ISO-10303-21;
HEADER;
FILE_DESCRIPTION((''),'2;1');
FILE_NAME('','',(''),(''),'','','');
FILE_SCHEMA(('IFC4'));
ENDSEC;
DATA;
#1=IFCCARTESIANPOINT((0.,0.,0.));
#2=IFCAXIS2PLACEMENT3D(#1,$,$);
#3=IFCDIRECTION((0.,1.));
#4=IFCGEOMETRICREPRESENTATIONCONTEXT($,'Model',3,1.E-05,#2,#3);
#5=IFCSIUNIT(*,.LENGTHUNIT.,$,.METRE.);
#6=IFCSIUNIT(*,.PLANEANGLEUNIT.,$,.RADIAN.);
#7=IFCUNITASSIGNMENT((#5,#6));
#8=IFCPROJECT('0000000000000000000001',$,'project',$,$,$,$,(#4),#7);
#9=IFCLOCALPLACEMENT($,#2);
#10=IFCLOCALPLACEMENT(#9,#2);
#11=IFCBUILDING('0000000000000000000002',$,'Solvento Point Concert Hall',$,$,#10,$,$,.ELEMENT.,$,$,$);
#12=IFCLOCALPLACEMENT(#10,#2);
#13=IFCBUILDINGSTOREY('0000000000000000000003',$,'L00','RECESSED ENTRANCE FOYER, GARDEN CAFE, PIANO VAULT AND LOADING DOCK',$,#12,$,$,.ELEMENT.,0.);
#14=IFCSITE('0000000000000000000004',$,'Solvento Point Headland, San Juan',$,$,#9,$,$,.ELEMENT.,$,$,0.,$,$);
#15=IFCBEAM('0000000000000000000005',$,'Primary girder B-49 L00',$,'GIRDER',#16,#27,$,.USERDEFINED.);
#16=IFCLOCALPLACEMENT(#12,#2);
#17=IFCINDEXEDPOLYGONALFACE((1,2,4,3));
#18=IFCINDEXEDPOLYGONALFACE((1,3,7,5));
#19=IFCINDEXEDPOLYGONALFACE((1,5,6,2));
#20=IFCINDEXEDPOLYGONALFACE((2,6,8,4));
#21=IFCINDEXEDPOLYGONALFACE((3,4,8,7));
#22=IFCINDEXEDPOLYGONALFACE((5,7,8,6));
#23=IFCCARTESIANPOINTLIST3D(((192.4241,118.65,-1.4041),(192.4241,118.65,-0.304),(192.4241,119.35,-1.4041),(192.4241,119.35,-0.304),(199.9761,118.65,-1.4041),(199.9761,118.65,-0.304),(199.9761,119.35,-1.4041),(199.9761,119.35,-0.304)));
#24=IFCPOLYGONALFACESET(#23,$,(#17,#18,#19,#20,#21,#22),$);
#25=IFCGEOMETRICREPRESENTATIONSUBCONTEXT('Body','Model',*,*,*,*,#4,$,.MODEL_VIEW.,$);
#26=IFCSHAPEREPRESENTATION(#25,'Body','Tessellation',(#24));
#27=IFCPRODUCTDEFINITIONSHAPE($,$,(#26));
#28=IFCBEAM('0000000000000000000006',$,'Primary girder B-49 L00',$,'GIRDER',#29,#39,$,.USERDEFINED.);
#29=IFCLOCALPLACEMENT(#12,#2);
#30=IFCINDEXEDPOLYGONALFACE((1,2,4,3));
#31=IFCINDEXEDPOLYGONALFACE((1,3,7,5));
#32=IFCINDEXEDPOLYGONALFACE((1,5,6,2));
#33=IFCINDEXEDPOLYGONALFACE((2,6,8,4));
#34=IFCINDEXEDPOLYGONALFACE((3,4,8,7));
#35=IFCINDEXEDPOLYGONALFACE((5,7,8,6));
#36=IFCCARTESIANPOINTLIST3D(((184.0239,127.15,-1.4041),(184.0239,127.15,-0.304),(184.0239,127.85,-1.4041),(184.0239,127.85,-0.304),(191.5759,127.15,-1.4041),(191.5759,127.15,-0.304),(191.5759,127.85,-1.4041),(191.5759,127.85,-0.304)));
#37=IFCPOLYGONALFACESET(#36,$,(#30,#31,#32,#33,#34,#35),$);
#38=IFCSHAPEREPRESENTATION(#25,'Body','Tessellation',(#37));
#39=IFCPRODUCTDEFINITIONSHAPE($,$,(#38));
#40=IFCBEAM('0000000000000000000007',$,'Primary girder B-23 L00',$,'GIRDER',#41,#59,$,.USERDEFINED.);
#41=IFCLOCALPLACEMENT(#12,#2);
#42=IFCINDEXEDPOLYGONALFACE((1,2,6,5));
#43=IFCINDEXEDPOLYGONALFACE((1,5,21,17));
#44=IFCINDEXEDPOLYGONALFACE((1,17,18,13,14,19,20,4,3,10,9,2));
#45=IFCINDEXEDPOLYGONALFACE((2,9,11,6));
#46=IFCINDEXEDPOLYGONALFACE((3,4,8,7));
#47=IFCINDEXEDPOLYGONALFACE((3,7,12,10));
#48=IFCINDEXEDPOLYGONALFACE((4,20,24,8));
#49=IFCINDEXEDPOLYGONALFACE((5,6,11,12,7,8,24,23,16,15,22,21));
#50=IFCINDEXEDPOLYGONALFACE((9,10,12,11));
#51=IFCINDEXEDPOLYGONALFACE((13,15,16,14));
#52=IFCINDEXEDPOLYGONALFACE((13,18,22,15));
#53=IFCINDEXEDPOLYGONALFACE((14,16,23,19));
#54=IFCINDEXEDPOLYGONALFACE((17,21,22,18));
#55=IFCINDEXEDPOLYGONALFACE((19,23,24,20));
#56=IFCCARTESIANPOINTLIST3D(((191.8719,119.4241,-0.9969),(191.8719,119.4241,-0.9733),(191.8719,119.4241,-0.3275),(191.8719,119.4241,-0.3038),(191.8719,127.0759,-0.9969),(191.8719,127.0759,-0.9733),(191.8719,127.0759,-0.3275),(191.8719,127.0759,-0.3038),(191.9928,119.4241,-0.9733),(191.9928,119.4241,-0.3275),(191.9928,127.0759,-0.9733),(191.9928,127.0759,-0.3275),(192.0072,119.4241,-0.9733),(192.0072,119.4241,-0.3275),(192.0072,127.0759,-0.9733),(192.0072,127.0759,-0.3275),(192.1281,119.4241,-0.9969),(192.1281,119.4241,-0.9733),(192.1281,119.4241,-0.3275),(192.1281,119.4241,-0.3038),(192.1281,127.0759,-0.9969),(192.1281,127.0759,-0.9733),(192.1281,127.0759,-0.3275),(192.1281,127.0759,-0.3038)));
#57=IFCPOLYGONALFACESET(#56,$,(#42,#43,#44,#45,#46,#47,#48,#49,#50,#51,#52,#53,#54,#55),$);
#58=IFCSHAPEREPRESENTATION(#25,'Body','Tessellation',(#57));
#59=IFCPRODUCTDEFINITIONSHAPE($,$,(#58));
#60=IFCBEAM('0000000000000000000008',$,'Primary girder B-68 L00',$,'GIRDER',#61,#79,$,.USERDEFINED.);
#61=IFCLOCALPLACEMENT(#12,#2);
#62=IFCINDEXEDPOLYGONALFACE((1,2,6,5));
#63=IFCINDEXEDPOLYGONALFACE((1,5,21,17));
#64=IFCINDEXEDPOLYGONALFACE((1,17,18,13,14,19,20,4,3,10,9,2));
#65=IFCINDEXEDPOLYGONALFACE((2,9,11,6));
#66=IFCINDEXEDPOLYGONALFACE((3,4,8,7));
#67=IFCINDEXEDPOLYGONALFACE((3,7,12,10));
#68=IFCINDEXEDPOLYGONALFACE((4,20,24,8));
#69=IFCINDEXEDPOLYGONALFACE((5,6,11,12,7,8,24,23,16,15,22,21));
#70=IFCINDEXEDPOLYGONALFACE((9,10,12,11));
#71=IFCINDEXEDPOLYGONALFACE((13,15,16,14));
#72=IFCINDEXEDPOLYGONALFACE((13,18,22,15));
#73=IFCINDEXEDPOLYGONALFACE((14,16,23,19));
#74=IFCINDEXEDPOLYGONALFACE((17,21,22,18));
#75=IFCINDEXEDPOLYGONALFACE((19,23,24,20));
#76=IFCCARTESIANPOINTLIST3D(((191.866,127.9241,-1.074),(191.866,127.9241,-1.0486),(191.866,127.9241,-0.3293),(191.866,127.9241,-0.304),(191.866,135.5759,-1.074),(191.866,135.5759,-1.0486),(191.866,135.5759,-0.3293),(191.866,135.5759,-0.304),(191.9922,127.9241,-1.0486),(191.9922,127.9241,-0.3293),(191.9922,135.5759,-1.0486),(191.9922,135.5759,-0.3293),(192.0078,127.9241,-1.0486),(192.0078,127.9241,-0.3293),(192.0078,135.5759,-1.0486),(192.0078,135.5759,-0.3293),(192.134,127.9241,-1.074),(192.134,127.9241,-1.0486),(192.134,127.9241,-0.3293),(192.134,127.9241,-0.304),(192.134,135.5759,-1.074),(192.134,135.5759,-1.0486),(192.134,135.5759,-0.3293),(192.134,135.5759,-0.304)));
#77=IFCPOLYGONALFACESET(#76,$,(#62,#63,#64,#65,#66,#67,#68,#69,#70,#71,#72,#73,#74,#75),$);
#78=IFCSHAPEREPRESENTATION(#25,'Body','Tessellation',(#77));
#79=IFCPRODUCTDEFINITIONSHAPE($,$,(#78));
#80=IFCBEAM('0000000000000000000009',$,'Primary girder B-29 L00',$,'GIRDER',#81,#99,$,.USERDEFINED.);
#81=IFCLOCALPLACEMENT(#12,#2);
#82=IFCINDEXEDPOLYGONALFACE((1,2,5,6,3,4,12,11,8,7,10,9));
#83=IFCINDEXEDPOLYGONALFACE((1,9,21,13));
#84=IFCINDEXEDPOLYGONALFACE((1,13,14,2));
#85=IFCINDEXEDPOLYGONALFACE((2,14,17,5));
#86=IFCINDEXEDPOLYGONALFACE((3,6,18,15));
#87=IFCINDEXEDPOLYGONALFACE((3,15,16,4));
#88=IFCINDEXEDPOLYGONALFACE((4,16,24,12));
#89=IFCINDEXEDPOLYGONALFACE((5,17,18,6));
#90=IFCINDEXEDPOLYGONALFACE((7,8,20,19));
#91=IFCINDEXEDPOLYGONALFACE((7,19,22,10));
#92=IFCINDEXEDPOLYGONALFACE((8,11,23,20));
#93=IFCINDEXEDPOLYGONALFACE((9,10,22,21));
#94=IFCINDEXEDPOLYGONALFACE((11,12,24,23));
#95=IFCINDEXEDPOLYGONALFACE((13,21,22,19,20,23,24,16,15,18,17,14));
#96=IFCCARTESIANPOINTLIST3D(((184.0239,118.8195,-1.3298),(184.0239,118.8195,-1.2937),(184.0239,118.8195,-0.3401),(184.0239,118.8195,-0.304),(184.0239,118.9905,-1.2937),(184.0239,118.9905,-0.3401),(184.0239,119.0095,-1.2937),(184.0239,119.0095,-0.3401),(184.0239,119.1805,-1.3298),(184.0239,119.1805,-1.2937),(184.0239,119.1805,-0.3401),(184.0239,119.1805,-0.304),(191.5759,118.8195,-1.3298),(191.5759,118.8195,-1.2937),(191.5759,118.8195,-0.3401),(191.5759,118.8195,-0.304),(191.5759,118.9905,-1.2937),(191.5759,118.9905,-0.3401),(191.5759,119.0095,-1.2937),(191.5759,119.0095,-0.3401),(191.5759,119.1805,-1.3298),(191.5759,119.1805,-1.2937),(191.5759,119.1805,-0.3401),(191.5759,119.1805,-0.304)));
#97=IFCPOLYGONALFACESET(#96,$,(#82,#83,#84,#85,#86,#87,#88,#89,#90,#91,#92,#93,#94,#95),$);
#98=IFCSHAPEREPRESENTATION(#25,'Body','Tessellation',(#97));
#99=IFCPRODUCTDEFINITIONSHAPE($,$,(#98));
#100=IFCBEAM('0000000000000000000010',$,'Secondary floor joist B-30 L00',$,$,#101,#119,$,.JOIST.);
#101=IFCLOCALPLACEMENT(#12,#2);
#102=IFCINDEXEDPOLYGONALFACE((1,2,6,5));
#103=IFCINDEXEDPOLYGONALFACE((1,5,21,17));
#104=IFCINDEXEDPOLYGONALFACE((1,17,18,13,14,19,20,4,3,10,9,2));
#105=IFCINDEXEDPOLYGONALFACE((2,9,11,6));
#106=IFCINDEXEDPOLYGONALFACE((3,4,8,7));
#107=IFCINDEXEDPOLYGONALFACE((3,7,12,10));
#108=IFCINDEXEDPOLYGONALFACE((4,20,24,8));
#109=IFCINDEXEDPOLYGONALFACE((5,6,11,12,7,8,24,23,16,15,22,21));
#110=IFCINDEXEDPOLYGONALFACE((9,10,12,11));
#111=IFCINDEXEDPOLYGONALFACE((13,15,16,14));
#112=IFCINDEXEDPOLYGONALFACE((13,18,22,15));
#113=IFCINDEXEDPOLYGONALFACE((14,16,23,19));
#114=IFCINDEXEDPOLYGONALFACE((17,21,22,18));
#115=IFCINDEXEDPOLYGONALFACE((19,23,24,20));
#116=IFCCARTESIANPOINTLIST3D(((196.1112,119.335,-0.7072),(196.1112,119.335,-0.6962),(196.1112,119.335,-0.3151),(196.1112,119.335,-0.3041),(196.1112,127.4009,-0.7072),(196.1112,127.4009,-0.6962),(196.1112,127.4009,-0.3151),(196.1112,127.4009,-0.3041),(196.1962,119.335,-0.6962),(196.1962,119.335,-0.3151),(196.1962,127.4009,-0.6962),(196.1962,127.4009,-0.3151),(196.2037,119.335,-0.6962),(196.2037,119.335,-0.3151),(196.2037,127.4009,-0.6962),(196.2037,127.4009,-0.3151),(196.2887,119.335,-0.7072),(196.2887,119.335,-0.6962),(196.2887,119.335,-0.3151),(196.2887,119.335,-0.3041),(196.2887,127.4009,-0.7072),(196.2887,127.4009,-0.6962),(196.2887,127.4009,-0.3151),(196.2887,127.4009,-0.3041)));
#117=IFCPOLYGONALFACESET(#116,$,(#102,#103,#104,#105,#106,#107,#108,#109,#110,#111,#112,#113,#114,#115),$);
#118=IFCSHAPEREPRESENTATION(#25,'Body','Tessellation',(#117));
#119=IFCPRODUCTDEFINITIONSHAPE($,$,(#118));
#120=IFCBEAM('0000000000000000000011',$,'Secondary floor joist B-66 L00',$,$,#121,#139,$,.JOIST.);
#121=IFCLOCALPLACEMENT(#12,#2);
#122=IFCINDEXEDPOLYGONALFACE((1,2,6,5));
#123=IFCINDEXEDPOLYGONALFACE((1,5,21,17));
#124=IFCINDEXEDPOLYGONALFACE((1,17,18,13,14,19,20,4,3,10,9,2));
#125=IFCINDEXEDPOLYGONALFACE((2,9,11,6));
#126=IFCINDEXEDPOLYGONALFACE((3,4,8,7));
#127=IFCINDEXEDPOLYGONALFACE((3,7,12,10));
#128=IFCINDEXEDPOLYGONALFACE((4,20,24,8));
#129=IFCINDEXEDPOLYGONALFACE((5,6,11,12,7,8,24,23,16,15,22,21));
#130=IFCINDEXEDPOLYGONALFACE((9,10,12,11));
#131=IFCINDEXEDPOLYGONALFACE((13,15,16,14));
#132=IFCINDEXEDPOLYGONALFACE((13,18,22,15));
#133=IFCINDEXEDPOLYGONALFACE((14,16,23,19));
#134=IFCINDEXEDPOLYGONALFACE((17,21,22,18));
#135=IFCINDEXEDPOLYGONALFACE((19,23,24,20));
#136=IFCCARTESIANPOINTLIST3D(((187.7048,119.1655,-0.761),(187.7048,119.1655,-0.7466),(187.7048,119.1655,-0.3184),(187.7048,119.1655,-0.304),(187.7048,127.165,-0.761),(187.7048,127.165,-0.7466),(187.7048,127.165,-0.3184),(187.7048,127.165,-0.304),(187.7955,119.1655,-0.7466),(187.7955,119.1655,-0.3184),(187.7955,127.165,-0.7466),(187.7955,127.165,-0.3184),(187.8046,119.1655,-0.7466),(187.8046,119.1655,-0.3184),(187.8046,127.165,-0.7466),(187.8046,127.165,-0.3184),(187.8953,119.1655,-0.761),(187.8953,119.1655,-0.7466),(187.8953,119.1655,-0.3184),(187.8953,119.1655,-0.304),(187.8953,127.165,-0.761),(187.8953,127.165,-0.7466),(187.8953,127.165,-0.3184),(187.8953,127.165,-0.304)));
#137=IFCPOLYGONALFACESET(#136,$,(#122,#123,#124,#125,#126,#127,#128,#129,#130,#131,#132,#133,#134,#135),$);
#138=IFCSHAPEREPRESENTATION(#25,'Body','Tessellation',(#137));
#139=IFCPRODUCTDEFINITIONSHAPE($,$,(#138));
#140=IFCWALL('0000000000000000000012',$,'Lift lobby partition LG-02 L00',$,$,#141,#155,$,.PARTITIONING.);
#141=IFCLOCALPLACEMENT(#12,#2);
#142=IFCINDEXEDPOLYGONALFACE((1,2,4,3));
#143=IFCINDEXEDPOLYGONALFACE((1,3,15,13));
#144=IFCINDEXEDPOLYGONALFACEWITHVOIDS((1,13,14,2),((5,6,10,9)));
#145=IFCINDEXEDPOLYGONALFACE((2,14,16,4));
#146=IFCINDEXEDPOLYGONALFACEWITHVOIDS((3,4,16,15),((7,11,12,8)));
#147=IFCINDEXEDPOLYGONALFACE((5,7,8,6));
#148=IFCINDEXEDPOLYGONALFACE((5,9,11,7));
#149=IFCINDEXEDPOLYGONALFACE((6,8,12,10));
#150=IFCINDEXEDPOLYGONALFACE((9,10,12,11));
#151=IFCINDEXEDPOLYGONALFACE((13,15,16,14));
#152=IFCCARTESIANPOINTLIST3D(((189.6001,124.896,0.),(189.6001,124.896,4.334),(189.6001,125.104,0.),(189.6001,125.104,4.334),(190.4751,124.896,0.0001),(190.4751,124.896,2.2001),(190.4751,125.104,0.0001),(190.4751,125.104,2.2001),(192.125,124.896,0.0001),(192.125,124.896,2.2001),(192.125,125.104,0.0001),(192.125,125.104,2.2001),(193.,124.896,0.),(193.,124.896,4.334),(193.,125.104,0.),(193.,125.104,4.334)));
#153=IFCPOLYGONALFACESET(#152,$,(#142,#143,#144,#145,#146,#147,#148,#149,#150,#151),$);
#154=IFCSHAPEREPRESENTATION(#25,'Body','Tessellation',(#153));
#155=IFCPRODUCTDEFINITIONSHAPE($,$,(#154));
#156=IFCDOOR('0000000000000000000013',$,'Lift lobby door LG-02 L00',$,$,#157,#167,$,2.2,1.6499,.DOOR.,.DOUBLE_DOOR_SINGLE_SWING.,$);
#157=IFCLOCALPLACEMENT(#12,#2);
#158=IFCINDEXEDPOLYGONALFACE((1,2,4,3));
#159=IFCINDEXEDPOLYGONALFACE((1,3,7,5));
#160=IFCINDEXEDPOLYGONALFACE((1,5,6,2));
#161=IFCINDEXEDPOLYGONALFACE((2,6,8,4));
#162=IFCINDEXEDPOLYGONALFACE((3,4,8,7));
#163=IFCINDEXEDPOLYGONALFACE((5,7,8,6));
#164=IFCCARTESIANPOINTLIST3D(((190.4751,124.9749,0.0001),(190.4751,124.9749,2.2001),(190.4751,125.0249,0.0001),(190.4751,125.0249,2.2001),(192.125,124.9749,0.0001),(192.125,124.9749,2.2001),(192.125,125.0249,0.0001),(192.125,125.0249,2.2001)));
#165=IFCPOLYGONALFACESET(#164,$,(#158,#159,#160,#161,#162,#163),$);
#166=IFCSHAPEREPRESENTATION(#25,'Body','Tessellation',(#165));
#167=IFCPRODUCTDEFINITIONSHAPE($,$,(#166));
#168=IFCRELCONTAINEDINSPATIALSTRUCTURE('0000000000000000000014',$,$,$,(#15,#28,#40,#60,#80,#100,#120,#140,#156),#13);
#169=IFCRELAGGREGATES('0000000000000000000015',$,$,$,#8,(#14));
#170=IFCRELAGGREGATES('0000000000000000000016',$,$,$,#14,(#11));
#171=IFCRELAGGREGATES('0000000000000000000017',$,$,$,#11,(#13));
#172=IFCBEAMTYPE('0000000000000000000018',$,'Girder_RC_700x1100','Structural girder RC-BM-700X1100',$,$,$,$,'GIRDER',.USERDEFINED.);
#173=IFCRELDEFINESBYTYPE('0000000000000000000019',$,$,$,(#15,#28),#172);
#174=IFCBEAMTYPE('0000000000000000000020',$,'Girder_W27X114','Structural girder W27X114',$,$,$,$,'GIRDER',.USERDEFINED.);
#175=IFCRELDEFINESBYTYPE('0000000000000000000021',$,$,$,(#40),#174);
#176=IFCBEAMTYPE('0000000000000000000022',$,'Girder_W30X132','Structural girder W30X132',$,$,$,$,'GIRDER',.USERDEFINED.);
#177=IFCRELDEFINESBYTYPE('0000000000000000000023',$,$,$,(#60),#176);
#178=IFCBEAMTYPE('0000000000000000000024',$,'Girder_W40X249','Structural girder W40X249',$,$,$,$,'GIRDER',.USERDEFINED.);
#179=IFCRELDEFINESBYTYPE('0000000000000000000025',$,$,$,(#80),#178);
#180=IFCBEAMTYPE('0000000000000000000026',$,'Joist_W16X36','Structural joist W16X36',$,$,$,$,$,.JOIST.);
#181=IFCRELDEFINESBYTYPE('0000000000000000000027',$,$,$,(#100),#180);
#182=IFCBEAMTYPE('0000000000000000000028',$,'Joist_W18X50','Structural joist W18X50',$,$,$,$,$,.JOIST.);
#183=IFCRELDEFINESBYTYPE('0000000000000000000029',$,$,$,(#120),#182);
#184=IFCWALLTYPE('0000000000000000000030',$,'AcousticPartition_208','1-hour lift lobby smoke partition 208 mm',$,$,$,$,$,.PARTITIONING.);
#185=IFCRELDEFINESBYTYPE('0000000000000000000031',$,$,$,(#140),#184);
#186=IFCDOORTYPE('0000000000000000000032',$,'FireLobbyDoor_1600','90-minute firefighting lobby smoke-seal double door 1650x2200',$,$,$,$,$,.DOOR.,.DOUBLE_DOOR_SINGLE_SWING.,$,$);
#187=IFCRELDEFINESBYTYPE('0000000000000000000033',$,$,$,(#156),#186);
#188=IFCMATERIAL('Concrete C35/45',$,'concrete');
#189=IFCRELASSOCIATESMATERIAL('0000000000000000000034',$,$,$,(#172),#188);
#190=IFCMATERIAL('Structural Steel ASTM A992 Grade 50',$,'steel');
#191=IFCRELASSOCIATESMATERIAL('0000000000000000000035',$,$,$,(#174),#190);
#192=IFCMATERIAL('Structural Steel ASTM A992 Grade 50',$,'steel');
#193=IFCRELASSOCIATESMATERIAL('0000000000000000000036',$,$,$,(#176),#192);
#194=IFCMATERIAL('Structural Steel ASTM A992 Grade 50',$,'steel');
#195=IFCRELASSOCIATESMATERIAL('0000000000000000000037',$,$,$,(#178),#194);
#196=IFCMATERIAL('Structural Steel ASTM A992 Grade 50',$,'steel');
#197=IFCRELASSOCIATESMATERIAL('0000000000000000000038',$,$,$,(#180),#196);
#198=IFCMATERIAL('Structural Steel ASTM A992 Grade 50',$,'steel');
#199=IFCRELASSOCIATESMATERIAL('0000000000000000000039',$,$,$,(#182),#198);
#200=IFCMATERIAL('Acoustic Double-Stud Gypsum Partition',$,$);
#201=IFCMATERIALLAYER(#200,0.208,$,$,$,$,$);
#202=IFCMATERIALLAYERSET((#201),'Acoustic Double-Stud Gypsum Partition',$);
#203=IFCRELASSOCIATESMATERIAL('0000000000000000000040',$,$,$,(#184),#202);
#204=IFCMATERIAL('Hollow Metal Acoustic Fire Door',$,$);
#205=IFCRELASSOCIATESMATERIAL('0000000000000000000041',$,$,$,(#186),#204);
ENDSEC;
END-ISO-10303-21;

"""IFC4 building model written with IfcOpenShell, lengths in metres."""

from ifc_helpers import new_model, si_unit, direction, frame, frame_2d, origin, origin_2d, place, context, subcontext, project, spatial, rectangle, i_section, extrude, material, layer, layer_set, material_profile, profile_set, type_object, element, fill, save


model = new_model("IFC4")

# Units and contexts
model_context = context("Model", 3, precision=1e-05, world=origin(), true_north=direction((0.0, 1.0)))
body_context = subcontext(model_context, "Body", "Model", "MODEL_VIEW")
ifc_project = project(units=[si_unit("LENGTHUNIT", "METRE"), si_unit("PLANEANGLEUNIT", "RADIAN")], contexts=[model_context])

# Site, building, storey
site_placement = place(None, origin())
site = spatial("IfcSite", under=ifc_project, at=site_placement, Name="Solvento Point Headland, San Juan", CompositionType="ELEMENT", RefElevation=0.0)
building_placement = place(site_placement, origin())
building = spatial("IfcBuilding", under=site, at=building_placement, Name="Solvento Point Concert Hall", CompositionType="ELEMENT")
storey_placement = place(building_placement, origin())
storey = spatial("IfcBuildingStorey", under=building, at=storey_placement, Name="L00", Description="RECESSED ENTRANCE FOYER, GARDEN CAFE, PIANO VAULT AND LOADING DOCK", CompositionType="ELEMENT", Elevation=0.0)

# Beams
ifc_material_1 = material(Name="Concrete C35/45", Category="concrete")
ifc_material_profile_1 = material_profile(ifc_material_1, rectangle(XDim=0.7, YDim=1.1001, at=origin_2d()), Name="RC-BM-700X1100")
ifc_profile_set_1 = profile_set([ifc_material_profile_1], Name="Concrete C35/45")
beam_type_1 = type_object("IfcBeamType", Name="Girder_RC_700x1100", Description="Structural girder RC-BM-700X1100", ElementType="GIRDER", PredefinedType="USERDEFINED", material=ifc_profile_set_1)
for number, where, z_axis, x_axis, name in (
    (1, (192.4241, 119.0, -0.854), (1.0, 0.0, 0.0), (0.0, 1.0, 0.0), "Primary girder B-49 L00"),
    (2, (184.0239, 127.5, -0.854), (1.0, 0.0, 0.0), (0.0, 1.0, 0.0), "Primary girder B-49 L00"),
):
    element("IfcBeam", number, at=place(storey_placement, frame(where, z_axis=z_axis, x_axis=x_axis)), inside=storey, type_object=beam_type_1, Name=name, ObjectType="GIRDER", PredefinedType="USERDEFINED", context=body_context, shape_type="SweptSolid", body=[
        extrude(rectangle(XDim=0.7, YDim=1.1001, at=origin_2d()), origin(), (0.0, 0.0, 1.0), 7.552),
    ])
ifc_material_2 = material(Name="Structural Steel ASTM A992 Grade 50", Category="steel")
ifc_material_profile_2 = material_profile(ifc_material_2, i_section(OverallWidth=0.2561, OverallDepth=0.6931, WebThickness=0.0144, FlangeThickness=0.0237, at=origin_2d()), Name="W27X114")
ifc_profile_set_2 = profile_set([ifc_material_profile_2], Name="Structural Steel ASTM A992 Grade 50")
beam_type_2 = type_object("IfcBeamType", Name="Girder_W27X114", Description="Structural girder W27X114", ElementType="GIRDER", PredefinedType="USERDEFINED", material=ifc_profile_set_2)
beam_1_placement = place(storey_placement, frame((192.0, 119.4241, -0.6504), z_axis=(0.0, 1.0, 0.0), x_axis=(-1.0, 0.0, 0.0)))
element("IfcBeam", 3, at=beam_1_placement, inside=storey, type_object=beam_type_2, Name="Primary girder B-23 L00", ObjectType="GIRDER", PredefinedType="USERDEFINED", context=body_context, shape_type="SweptSolid", body=[
    extrude(i_section(OverallWidth=0.2561, OverallDepth=0.6931, WebThickness=0.0144, FlangeThickness=0.0237, at=origin_2d()), origin(), (0.0, 0.0, 1.0), 7.6519),
])
ifc_material_3 = material(Name="Structural Steel ASTM A992 Grade 50", Category="steel")
ifc_material_profile_3 = material_profile(ifc_material_3, i_section(OverallWidth=0.2681, OverallDepth=0.77, WebThickness=0.0156, FlangeThickness=0.0254, at=origin_2d()), Name="W30X132")
ifc_profile_set_3 = profile_set([ifc_material_profile_3], Name="Structural Steel ASTM A992 Grade 50")
beam_type_3 = type_object("IfcBeamType", Name="Girder_W30X132", Description="Structural girder W30X132", ElementType="GIRDER", PredefinedType="USERDEFINED", material=ifc_profile_set_3)
beam_2_placement = place(storey_placement, frame((192.0, 127.9241, -0.689), z_axis=(0.0, 1.0, 0.0), x_axis=(-1.0, 0.0, 0.0)))
element("IfcBeam", 4, at=beam_2_placement, inside=storey, type_object=beam_type_3, Name="Primary girder B-68 L00", ObjectType="GIRDER", PredefinedType="USERDEFINED", context=body_context, shape_type="SweptSolid", body=[
    extrude(i_section(OverallWidth=0.2681, OverallDepth=0.77, WebThickness=0.0156, FlangeThickness=0.0254, at=origin_2d()), origin(), (0.0, 0.0, 1.0), 7.6519),
])
ifc_material_4 = material(Name="Structural Steel ASTM A992 Grade 50", Category="steel")
ifc_material_profile_4 = material_profile(ifc_material_4, i_section(OverallWidth=0.3611, OverallDepth=1.0259, WebThickness=0.019, FlangeThickness=0.0361, at=origin_2d()), Name="W40X249")
ifc_profile_set_4 = profile_set([ifc_material_profile_4], Name="Structural Steel ASTM A992 Grade 50")
beam_type_4 = type_object("IfcBeamType", Name="Girder_W40X249", Description="Structural girder W40X249", ElementType="GIRDER", PredefinedType="USERDEFINED", material=ifc_profile_set_4)
beam_3_placement = place(storey_placement, frame((184.0239, 119.0, -0.8169), z_axis=(1.0, 0.0, 0.0), x_axis=(0.0, 1.0, 0.0)))
element("IfcBeam", 5, at=beam_3_placement, inside=storey, type_object=beam_type_4, Name="Primary girder B-29 L00", ObjectType="GIRDER", PredefinedType="USERDEFINED", context=body_context, shape_type="SweptSolid", body=[
    extrude(i_section(OverallWidth=0.3611, OverallDepth=1.0259, WebThickness=0.019, FlangeThickness=0.0361, at=origin_2d()), origin(), (0.0, 0.0, 1.0), 7.552),
])
ifc_material_5 = material(Name="Structural Steel ASTM A992 Grade 50", Category="steel")
ifc_material_profile_5 = material_profile(ifc_material_5, i_section(OverallWidth=0.1775, OverallDepth=0.4031, WebThickness=0.0076, FlangeThickness=0.011, at=origin_2d()), Name="W16X36")
ifc_profile_set_5 = profile_set([ifc_material_profile_5], Name="Structural Steel ASTM A992 Grade 50")
beam_type_5 = type_object("IfcBeamType", Name="Joist_W16X36", Description="Structural joist W16X36", PredefinedType="JOIST", material=ifc_profile_set_5)
beam_4_placement = place(storey_placement, frame((196.2, 119.335, -0.5056), z_axis=(0.0, 1.0, 0.0), x_axis=(-1.0, 0.0, 0.0)))
element("IfcBeam", 6, at=beam_4_placement, inside=storey, type_object=beam_type_5, Name="Secondary floor joist B-30 L00", PredefinedType="JOIST", context=body_context, shape_type="SweptSolid", body=[
    extrude(i_section(OverallWidth=0.1775, OverallDepth=0.4031, WebThickness=0.0076, FlangeThickness=0.011, at=origin_2d()), origin(), (0.0, 0.0, 1.0), 8.0659),
])
ifc_material_6 = material(Name="Structural Steel ASTM A992 Grade 50", Category="steel")
ifc_material_profile_6 = material_profile(ifc_material_6, i_section(OverallWidth=0.1904, OverallDepth=0.457, WebThickness=0.009, FlangeThickness=0.0144, at=origin_2d()), Name="W18X50")
ifc_profile_set_6 = profile_set([ifc_material_profile_6], Name="Structural Steel ASTM A992 Grade 50")
beam_type_6 = type_object("IfcBeamType", Name="Joist_W18X50", Description="Structural joist W18X50", PredefinedType="JOIST", material=ifc_profile_set_6)
beam_5_placement = place(storey_placement, frame((187.8, 119.1655, -0.5325), z_axis=(0.0, 1.0, 0.0), x_axis=(-1.0, 0.0, 0.0)))
element("IfcBeam", 7, at=beam_5_placement, inside=storey, type_object=beam_type_6, Name="Secondary floor joist B-66 L00", PredefinedType="JOIST", context=body_context, shape_type="SweptSolid", body=[
    extrude(i_section(OverallWidth=0.1904, OverallDepth=0.457, WebThickness=0.009, FlangeThickness=0.0144, at=origin_2d()), origin(), (0.0, 0.0, 1.0), 7.9995),
])

# Wall, opening, door
ifc_material_7 = material(Name="Acoustic Double-Stud Gypsum Partition")
ifc_layer_1 = layer(ifc_material_7, 0.208)
ifc_layer_set_1 = layer_set([ifc_layer_1], Name="Acoustic Double-Stud Gypsum Partition")
wall_type_1 = type_object("IfcWallType", Name="AcousticPartition_208", Description="1-hour lift lobby smoke partition 208 mm", PredefinedType="PARTITIONING", material=ifc_layer_set_1)
wall_1_placement = place(storey_placement, frame((189.6001, 125.0, 0.0), z_axis=(0.0, 0.0, 1.0), x_axis=(1.0, 0.0, 0.0)))
wall_1 = element("IfcWall", 8, at=wall_1_placement, inside=storey, type_object=wall_type_1, Name="Lift lobby partition LG-02 L00", PredefinedType="PARTITIONING", context=body_context, shape_type="SweptSolid", body=[
    extrude(rectangle(XDim=3.3999, YDim=0.208, at=frame_2d((1.7, 0.0))), origin(), (0.0, 0.0, 1.0), 4.334),
])
opening_1_placement = place(wall_1_placement, frame((0.875, 0.0, 0.0)))
opening_1 = element("IfcOpeningElement", 9, at=opening_1_placement, cuts=wall_1, PredefinedType="OPENING", context=body_context, shape_type="SweptSolid", body=[
    extrude(rectangle(XDim=1.6499, YDim=2.2, at=frame_2d((0.825, 1.1001))), frame((0.0, 0.114, 0.0), z_axis=(0.0, -1.0, 0.0), x_axis=(1.0, 0.0, 0.0)), (0.0, 0.0, 1.0), 0.228),
])
ifc_material_8 = material(Name="Hollow Metal Acoustic Fire Door")
door_type = type_object("IfcDoorType", Name="FireLobbyDoor_1600", Description="90-minute firefighting lobby smoke-seal double door 1650x2200", OperationType="DOUBLE_DOOR_SINGLE_SWING", PredefinedType="DOOR", material=ifc_material_8)
door_placement = place(opening_1_placement, origin())
door = element("IfcDoor", 10, at=door_placement, inside=storey, type_object=door_type, Name="Lift lobby door LG-02 L00", OperationType="DOUBLE_DOOR_SINGLE_SWING", OverallHeight=2.2, OverallWidth=1.6499, PredefinedType="DOOR", context=body_context, shape_type="SweptSolid", body=[
    extrude(rectangle(XDim=1.6499, YDim=2.2, at=frame_2d((0.825, 1.1001))), frame((0.0, 0.0249, 0.0), z_axis=(0.0, -1.0, 0.0), x_axis=(1.0, 0.0, 0.0)), (0.0, 0.0, 1.0), 0.05),
])
fill(opening_1, door)

save(model, "model.ifc")
